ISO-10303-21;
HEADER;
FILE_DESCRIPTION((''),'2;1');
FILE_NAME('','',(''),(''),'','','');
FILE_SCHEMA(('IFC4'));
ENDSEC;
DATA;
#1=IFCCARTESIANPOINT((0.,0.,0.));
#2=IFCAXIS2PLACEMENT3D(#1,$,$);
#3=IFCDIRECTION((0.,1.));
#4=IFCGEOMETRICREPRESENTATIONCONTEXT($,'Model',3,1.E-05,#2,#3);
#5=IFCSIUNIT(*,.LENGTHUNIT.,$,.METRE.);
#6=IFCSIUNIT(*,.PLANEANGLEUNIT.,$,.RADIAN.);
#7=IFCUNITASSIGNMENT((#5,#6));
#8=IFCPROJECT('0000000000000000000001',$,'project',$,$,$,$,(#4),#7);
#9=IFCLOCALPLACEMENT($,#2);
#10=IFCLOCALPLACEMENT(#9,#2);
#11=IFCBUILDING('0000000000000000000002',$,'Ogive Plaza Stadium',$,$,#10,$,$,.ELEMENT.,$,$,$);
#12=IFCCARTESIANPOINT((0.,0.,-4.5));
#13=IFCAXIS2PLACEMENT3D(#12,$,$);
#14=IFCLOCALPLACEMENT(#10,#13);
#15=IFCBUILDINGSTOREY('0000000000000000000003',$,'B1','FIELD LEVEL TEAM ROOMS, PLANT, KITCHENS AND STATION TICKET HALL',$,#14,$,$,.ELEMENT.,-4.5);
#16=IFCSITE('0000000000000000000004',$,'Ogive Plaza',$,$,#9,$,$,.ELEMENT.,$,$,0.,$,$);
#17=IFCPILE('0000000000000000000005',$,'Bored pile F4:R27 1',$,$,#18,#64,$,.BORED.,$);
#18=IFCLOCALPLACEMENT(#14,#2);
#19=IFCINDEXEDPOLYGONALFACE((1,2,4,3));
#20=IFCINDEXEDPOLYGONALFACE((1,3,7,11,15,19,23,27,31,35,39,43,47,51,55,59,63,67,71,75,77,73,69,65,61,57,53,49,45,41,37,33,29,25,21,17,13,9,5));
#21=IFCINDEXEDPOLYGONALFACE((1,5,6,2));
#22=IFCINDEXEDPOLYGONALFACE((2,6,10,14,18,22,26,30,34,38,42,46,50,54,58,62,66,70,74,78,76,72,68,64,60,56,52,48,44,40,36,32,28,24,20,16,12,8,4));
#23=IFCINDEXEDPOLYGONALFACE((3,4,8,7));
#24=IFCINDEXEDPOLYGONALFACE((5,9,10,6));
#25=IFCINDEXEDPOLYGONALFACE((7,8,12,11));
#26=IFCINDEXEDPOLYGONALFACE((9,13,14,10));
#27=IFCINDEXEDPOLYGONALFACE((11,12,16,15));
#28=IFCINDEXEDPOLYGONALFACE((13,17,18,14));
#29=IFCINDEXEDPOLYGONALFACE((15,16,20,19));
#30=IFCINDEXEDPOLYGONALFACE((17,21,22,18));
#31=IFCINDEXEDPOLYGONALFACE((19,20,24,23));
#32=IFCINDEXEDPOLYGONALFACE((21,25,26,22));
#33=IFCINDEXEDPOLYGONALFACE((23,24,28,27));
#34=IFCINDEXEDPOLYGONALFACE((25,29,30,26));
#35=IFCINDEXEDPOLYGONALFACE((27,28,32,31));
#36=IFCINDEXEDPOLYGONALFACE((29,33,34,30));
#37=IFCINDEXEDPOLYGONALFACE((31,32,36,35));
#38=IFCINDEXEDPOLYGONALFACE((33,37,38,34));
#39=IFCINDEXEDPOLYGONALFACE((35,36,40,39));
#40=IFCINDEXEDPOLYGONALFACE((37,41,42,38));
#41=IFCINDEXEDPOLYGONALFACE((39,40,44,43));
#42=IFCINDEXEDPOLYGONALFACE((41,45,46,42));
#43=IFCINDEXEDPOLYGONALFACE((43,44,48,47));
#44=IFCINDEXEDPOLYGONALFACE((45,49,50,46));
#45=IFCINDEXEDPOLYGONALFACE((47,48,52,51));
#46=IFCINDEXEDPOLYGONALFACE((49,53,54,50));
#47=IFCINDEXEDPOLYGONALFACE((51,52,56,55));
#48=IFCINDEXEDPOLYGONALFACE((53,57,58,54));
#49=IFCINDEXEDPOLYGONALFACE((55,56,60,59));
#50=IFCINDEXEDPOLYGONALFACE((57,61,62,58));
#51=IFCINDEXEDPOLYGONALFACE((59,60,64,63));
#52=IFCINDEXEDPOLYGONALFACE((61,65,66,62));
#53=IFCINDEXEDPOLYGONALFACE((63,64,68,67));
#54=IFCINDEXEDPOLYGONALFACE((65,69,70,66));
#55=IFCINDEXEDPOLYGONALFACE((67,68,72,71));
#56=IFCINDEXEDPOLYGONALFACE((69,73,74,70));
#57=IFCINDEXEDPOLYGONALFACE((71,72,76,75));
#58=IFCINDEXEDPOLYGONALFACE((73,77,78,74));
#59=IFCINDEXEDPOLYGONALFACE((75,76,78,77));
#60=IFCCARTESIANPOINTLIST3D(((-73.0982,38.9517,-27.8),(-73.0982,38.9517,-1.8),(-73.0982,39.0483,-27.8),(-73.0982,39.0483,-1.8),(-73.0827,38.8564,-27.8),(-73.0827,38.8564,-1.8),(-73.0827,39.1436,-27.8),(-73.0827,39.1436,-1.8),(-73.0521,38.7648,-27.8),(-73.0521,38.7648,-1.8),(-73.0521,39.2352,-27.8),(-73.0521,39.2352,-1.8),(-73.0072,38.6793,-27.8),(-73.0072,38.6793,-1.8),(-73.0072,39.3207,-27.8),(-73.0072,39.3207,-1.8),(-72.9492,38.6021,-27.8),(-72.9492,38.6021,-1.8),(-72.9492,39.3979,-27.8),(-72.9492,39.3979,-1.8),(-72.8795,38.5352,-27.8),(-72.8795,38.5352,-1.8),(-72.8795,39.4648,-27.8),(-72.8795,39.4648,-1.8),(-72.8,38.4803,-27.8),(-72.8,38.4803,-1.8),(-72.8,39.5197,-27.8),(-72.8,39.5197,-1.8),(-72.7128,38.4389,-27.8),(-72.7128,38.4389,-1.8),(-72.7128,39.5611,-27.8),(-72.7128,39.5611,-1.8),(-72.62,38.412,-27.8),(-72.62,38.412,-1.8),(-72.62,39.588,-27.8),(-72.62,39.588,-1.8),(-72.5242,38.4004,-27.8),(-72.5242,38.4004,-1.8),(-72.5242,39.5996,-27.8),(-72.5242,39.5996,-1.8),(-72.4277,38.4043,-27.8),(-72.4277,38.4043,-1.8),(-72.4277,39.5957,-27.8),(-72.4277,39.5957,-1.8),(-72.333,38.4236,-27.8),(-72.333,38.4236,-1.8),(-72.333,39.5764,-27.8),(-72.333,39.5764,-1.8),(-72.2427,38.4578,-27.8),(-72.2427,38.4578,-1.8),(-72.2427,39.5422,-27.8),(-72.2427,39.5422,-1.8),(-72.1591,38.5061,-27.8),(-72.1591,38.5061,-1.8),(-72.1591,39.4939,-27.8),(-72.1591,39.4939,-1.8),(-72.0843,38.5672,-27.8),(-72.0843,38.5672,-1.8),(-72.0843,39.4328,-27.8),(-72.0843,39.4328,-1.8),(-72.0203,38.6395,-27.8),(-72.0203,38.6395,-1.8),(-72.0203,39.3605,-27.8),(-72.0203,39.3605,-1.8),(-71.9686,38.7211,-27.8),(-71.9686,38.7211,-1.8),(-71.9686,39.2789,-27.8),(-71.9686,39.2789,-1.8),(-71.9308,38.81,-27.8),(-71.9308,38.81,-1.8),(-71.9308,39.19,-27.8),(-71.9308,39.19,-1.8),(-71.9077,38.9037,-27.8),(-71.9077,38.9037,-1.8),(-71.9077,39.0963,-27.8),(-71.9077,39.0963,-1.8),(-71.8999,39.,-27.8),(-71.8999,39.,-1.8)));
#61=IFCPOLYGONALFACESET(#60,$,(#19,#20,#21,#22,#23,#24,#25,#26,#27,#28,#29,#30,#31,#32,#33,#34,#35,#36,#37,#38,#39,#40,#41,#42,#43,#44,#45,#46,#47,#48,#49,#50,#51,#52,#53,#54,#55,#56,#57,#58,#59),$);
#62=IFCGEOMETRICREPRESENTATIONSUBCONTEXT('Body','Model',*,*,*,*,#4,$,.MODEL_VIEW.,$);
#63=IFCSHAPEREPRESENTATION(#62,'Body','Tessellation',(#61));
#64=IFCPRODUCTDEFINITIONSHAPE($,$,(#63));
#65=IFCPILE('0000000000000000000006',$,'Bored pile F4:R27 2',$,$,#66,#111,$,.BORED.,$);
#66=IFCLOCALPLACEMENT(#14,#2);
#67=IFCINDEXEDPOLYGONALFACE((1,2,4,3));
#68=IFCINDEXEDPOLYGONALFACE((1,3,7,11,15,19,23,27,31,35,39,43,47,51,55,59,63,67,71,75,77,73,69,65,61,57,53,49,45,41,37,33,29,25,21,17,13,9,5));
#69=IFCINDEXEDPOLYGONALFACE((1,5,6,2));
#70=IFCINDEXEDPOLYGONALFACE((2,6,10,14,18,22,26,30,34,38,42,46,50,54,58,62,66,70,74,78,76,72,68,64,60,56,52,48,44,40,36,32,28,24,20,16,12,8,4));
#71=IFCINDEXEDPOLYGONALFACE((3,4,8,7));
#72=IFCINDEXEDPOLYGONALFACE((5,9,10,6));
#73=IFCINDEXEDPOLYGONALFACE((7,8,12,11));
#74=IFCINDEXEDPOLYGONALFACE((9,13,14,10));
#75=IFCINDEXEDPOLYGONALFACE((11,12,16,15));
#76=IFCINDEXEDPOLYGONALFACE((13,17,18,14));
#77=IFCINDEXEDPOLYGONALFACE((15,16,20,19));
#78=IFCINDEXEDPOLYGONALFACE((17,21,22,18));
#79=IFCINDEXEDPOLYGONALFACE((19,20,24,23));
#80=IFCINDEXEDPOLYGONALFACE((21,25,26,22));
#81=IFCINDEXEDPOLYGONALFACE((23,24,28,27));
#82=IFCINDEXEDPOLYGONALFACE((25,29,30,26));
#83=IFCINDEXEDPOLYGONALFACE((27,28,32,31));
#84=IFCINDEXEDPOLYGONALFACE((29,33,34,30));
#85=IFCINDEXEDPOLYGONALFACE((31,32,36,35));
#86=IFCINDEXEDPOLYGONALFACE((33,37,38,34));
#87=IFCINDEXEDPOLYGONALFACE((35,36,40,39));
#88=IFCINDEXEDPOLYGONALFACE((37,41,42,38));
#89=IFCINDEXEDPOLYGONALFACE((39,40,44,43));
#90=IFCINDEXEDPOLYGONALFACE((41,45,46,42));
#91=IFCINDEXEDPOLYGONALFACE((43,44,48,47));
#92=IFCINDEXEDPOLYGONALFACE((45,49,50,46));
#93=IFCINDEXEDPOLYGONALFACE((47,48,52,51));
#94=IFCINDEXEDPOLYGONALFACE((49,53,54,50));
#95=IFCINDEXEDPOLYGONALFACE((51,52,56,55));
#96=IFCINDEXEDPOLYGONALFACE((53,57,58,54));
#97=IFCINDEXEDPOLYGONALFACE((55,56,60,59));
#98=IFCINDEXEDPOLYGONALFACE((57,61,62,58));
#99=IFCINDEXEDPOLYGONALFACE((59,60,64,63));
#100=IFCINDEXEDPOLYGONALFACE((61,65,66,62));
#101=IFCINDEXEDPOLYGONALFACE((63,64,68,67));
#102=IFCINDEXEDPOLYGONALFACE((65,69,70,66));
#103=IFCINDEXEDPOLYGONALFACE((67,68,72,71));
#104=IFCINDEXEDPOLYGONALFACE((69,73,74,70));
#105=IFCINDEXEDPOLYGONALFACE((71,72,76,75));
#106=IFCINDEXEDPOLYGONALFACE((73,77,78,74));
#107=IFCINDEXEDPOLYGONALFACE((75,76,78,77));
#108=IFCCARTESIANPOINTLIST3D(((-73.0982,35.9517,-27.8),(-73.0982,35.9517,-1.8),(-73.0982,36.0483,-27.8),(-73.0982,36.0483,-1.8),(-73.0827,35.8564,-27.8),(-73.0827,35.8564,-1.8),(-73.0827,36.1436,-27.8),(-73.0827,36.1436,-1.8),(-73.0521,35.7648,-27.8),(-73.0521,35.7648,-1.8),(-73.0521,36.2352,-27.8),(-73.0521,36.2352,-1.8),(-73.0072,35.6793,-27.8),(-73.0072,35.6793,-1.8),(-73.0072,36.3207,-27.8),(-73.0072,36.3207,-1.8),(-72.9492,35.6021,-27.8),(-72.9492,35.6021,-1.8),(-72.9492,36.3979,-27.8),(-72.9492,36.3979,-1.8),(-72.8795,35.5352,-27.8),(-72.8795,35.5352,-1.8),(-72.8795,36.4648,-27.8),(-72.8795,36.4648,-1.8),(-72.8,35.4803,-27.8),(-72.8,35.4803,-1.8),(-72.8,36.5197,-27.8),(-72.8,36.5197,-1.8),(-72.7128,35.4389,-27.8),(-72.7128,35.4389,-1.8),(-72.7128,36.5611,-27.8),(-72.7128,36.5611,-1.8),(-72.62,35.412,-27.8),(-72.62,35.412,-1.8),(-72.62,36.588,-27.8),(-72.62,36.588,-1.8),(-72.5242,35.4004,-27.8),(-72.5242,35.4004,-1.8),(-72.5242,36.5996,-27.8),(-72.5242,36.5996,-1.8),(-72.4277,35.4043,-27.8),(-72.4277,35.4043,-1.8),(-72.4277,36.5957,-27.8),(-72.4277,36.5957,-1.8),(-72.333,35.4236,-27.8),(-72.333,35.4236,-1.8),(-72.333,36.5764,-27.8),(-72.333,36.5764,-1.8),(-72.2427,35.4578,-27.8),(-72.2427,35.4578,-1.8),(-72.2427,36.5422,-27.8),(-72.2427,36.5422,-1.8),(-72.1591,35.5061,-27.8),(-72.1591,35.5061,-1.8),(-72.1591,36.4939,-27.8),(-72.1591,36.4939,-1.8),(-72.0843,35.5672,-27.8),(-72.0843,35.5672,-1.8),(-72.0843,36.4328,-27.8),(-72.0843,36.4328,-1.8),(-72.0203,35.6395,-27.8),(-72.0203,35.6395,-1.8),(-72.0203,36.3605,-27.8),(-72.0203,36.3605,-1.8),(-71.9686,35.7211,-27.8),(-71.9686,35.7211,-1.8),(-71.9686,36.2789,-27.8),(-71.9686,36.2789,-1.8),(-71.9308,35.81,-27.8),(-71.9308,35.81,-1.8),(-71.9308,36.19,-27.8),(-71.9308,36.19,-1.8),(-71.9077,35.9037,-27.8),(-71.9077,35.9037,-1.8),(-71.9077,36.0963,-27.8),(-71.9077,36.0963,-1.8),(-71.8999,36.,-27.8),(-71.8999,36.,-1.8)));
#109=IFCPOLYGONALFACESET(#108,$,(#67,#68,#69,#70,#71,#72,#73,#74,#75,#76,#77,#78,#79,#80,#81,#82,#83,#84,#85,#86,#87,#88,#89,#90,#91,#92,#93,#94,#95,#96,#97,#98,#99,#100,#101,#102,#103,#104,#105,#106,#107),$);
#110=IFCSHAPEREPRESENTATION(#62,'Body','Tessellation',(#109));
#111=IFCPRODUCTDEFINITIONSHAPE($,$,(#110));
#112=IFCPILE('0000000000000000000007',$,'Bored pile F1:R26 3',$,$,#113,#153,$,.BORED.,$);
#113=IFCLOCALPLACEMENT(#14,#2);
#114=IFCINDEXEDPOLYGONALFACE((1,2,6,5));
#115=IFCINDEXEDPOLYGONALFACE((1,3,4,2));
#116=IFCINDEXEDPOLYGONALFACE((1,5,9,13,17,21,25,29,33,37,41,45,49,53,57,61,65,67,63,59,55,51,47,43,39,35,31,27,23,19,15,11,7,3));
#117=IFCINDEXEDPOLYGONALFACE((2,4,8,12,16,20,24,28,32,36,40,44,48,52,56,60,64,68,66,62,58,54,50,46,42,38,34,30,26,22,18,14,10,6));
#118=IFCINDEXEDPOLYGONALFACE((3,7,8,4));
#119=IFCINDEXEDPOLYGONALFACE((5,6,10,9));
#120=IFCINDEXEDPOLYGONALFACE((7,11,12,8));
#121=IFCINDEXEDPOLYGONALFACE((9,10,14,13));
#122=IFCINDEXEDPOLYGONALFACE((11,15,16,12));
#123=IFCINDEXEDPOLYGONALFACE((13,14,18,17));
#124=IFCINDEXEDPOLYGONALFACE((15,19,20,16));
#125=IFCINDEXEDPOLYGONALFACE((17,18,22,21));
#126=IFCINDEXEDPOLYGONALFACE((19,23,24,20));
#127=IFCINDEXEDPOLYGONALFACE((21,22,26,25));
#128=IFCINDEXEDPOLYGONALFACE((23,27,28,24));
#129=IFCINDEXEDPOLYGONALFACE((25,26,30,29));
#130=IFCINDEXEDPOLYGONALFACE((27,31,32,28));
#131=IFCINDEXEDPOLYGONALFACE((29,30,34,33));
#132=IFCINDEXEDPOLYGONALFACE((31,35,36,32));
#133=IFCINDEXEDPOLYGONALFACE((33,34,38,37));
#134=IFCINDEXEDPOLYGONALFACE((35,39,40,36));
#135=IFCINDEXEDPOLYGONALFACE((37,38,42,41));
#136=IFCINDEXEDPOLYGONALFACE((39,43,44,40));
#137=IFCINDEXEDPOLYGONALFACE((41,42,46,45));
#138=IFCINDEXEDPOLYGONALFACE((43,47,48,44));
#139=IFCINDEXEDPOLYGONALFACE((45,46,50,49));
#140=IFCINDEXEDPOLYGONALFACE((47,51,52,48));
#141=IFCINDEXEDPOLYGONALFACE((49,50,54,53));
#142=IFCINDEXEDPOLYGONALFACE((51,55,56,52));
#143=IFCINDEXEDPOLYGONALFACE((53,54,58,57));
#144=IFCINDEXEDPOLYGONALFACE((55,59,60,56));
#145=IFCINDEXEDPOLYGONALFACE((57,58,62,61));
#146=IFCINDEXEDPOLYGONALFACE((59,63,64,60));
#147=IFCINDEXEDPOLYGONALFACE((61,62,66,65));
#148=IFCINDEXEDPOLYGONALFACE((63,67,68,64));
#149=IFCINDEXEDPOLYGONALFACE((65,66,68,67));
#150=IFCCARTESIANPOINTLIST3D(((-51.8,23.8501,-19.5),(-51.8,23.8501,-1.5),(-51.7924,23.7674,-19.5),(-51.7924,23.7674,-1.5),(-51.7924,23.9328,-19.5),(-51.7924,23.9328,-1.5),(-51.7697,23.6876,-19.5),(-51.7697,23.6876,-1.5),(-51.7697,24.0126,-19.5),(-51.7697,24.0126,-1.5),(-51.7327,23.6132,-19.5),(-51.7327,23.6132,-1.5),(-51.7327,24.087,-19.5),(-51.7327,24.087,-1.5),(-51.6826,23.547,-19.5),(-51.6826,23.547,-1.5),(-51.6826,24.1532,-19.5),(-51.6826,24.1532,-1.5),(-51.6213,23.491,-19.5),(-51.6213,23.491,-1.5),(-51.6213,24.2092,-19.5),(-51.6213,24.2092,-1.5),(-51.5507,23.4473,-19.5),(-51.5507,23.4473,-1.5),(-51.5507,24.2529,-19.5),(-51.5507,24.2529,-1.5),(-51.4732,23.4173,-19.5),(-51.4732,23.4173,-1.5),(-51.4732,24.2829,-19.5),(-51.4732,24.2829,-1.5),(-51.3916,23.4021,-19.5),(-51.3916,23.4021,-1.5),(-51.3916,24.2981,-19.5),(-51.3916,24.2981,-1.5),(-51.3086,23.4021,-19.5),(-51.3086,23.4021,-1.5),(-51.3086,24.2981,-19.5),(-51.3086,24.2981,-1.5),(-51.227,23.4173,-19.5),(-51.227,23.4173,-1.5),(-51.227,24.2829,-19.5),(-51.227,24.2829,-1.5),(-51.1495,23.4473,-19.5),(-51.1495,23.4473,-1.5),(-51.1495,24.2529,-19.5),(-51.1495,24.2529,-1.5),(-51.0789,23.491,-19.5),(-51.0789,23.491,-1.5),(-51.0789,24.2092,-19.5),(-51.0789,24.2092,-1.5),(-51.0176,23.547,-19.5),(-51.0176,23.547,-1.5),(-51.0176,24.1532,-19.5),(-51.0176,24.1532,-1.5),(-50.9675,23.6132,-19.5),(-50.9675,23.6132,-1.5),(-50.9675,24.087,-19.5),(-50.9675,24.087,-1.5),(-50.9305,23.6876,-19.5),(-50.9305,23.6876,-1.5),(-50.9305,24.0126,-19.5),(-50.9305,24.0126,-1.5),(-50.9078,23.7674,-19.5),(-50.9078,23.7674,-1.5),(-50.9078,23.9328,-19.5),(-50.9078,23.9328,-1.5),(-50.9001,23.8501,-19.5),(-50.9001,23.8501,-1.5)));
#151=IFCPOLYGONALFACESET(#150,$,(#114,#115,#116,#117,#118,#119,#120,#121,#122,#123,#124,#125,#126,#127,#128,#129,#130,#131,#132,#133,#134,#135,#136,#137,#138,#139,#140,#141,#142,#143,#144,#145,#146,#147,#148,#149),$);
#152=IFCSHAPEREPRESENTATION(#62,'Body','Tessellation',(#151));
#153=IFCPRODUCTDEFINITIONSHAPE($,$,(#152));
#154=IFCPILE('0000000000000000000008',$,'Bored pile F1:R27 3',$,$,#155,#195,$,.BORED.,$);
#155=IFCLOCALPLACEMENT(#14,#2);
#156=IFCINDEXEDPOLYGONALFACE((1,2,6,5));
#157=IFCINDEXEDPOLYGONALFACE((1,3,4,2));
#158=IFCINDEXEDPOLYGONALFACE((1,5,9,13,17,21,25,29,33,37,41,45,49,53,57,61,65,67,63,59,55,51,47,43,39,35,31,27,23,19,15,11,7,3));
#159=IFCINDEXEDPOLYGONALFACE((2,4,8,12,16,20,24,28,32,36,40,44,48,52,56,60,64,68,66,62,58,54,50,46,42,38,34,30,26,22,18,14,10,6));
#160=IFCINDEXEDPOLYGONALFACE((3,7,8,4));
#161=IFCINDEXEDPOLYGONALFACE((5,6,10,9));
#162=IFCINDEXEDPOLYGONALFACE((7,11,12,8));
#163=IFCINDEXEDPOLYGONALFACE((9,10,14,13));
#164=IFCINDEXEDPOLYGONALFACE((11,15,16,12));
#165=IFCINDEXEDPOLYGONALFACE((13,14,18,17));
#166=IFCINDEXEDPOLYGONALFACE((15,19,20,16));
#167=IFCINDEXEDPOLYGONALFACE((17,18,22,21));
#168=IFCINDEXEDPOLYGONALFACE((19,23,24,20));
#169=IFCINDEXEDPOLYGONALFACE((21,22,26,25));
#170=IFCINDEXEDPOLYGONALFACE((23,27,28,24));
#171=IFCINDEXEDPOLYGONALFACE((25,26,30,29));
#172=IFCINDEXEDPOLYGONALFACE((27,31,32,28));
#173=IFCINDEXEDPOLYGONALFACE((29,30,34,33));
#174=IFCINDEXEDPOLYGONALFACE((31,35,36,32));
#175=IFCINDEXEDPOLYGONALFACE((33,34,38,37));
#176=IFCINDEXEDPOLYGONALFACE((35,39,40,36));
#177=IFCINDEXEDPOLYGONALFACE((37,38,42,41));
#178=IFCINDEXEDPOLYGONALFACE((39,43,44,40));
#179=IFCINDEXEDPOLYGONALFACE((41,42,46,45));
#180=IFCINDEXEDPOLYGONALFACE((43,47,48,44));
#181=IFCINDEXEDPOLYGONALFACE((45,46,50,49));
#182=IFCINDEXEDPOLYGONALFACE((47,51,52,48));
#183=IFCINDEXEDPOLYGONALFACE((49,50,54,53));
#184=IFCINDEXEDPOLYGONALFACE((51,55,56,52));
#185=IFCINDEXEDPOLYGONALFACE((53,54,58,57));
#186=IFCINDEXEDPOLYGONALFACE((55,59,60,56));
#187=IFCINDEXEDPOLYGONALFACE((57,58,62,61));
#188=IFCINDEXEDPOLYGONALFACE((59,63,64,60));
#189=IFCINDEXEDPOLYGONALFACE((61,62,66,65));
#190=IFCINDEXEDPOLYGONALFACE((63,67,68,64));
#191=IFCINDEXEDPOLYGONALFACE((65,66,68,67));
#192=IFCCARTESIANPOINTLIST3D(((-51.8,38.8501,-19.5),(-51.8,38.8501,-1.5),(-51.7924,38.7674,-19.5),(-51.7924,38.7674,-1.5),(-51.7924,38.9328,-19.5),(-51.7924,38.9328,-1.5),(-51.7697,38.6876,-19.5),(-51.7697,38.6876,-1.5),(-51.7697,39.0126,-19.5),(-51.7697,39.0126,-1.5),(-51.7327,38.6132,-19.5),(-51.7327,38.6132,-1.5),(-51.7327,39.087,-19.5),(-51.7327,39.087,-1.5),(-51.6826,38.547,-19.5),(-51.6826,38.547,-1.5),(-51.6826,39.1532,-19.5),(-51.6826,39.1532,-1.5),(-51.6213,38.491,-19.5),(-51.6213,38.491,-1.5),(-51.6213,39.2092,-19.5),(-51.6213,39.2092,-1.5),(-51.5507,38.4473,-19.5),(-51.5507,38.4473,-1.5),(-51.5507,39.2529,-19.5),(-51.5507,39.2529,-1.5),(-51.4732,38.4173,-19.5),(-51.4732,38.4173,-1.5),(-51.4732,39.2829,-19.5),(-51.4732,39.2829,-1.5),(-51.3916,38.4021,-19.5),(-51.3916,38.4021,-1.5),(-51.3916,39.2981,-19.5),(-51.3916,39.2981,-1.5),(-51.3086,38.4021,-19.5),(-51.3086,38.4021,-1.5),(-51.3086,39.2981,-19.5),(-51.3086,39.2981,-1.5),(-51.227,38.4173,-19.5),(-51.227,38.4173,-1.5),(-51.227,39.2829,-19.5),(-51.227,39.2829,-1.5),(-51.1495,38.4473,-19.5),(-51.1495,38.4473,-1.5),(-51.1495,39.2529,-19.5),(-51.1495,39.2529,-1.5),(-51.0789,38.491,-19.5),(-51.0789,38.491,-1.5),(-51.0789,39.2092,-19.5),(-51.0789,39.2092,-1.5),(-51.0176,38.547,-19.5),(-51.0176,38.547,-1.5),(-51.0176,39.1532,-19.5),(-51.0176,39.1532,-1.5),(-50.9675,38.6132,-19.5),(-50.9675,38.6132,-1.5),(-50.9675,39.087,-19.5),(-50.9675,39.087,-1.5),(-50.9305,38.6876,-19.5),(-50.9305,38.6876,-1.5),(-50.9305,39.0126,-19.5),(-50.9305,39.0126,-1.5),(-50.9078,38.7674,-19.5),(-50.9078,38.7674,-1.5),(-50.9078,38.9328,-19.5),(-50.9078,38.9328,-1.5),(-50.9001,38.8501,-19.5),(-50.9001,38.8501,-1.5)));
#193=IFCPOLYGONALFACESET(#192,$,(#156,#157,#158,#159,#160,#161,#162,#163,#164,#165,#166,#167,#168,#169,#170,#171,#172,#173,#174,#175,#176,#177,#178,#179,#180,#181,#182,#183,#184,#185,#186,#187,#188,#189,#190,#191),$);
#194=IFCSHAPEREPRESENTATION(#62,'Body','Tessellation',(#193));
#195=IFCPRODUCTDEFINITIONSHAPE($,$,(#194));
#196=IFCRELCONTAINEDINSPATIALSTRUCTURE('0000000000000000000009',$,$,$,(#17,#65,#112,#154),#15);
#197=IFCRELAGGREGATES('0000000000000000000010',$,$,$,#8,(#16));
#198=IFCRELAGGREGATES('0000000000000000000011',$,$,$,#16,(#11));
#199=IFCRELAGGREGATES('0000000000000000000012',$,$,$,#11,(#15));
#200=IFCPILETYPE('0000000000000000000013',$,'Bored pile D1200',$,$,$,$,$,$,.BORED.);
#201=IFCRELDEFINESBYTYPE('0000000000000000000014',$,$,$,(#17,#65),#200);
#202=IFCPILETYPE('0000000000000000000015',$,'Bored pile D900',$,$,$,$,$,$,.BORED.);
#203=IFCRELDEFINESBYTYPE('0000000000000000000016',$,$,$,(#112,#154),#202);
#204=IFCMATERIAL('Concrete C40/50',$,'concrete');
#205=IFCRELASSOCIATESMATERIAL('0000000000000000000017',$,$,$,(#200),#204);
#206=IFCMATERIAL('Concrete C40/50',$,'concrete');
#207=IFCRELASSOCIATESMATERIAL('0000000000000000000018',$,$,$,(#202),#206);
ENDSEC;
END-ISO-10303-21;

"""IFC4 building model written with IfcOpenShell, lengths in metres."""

from ifc_helpers import new_model, si_unit, direction, frame, origin, origin_2d, place, context, subcontext, project, spatial, circle, extrude, material, material_profile, profile_set, type_object, element, save


model = new_model("IFC4")

# Units and contexts
model_context = context("Model", 3, precision=1e-05, world=origin(), true_north=direction((0.0, 1.0)))
body_context = subcontext(model_context, "Body", "Model", "MODEL_VIEW")
ifc_project = project(units=[si_unit("LENGTHUNIT", "METRE"), si_unit("PLANEANGLEUNIT", "RADIAN")], contexts=[model_context])

# Site, building, storey
site_placement = place(None, origin())
site = spatial("IfcSite", under=ifc_project, at=site_placement, Name="Ogive Plaza", CompositionType="ELEMENT", RefElevation=0.0)
building_placement = place(site_placement, origin())
building = spatial("IfcBuilding", under=site, at=building_placement, Name="Ogive Plaza Stadium", CompositionType="ELEMENT")
storey_placement = place(building_placement, frame((0.0, 0.0, -4.5)))
storey = spatial("IfcBuildingStorey", under=building, at=storey_placement, Name="B1", Description="FIELD LEVEL TEAM ROOMS, PLANT, KITCHENS AND STATION TICKET HALL", CompositionType="ELEMENT", Elevation=-4.5)

# Piles
ifc_material_1 = material(Name="Concrete C40/50", Category="concrete")
ifc_material_profile_1 = material_profile(ifc_material_1, circle(Radius=0.6001, at=origin_2d()), Name="RC D1200")
ifc_profile_set_1 = profile_set([ifc_material_profile_1], Name="Concrete C40/50")
pile_type_1 = type_object("IfcPileType", Name="Bored pile D1200", PredefinedType="BORED", material=ifc_profile_set_1)
for number, where, z_axis, x_axis, name in (
    (1, (-72.5, 39.0, -1.8), (0.0, 0.0, -1.0), (1.0, 0.0, 0.0), "Bored pile F4:R27 1"),
    (2, (-72.5, 36.0, -1.8), (0.0, 0.0, -1.0), (1.0, 0.0, 0.0), "Bored pile F4:R27 2"),
):
    element("IfcPile", number, at=place(storey_placement, frame(where, z_axis=z_axis, x_axis=x_axis)), inside=storey, type_object=pile_type_1, Name=name, PredefinedType="BORED", context=body_context, shape_type="SweptSolid", body=[
        extrude(circle(Radius=0.6001, at=origin_2d()), origin(), (0.0, 0.0, 1.0), 26.0),
    ])
ifc_material_2 = material(Name="Concrete C40/50", Category="concrete")
ifc_material_profile_2 = material_profile(ifc_material_2, circle(Radius=0.45, at=origin_2d()), Name="RC D900")
ifc_profile_set_2 = profile_set([ifc_material_profile_2], Name="Concrete C40/50")
pile_type_2 = type_object("IfcPileType", Name="Bored pile D900", PredefinedType="BORED", material=ifc_profile_set_2)
for number, where, z_axis, x_axis, name in (
    (3, (-51.3501, 23.8501, -1.5), (0.0, 0.0, -1.0), (1.0, 0.0, 0.0), "Bored pile F1:R26 3"),
    (4, (-51.3501, 38.8501, -1.5), (0.0, 0.0, -1.0), (1.0, 0.0, 0.0), "Bored pile F1:R27 3"),
):
    element("IfcPile", number, at=place(storey_placement, frame(where, z_axis=z_axis, x_axis=x_axis)), inside=storey, type_object=pile_type_2, Name=name, PredefinedType="BORED", context=body_context, shape_type="SweptSolid", body=[
        extrude(circle(Radius=0.45, at=origin_2d()), origin(), (0.0, 0.0, 1.0), 18.0),
    ])

save(model, "model.ifc")
